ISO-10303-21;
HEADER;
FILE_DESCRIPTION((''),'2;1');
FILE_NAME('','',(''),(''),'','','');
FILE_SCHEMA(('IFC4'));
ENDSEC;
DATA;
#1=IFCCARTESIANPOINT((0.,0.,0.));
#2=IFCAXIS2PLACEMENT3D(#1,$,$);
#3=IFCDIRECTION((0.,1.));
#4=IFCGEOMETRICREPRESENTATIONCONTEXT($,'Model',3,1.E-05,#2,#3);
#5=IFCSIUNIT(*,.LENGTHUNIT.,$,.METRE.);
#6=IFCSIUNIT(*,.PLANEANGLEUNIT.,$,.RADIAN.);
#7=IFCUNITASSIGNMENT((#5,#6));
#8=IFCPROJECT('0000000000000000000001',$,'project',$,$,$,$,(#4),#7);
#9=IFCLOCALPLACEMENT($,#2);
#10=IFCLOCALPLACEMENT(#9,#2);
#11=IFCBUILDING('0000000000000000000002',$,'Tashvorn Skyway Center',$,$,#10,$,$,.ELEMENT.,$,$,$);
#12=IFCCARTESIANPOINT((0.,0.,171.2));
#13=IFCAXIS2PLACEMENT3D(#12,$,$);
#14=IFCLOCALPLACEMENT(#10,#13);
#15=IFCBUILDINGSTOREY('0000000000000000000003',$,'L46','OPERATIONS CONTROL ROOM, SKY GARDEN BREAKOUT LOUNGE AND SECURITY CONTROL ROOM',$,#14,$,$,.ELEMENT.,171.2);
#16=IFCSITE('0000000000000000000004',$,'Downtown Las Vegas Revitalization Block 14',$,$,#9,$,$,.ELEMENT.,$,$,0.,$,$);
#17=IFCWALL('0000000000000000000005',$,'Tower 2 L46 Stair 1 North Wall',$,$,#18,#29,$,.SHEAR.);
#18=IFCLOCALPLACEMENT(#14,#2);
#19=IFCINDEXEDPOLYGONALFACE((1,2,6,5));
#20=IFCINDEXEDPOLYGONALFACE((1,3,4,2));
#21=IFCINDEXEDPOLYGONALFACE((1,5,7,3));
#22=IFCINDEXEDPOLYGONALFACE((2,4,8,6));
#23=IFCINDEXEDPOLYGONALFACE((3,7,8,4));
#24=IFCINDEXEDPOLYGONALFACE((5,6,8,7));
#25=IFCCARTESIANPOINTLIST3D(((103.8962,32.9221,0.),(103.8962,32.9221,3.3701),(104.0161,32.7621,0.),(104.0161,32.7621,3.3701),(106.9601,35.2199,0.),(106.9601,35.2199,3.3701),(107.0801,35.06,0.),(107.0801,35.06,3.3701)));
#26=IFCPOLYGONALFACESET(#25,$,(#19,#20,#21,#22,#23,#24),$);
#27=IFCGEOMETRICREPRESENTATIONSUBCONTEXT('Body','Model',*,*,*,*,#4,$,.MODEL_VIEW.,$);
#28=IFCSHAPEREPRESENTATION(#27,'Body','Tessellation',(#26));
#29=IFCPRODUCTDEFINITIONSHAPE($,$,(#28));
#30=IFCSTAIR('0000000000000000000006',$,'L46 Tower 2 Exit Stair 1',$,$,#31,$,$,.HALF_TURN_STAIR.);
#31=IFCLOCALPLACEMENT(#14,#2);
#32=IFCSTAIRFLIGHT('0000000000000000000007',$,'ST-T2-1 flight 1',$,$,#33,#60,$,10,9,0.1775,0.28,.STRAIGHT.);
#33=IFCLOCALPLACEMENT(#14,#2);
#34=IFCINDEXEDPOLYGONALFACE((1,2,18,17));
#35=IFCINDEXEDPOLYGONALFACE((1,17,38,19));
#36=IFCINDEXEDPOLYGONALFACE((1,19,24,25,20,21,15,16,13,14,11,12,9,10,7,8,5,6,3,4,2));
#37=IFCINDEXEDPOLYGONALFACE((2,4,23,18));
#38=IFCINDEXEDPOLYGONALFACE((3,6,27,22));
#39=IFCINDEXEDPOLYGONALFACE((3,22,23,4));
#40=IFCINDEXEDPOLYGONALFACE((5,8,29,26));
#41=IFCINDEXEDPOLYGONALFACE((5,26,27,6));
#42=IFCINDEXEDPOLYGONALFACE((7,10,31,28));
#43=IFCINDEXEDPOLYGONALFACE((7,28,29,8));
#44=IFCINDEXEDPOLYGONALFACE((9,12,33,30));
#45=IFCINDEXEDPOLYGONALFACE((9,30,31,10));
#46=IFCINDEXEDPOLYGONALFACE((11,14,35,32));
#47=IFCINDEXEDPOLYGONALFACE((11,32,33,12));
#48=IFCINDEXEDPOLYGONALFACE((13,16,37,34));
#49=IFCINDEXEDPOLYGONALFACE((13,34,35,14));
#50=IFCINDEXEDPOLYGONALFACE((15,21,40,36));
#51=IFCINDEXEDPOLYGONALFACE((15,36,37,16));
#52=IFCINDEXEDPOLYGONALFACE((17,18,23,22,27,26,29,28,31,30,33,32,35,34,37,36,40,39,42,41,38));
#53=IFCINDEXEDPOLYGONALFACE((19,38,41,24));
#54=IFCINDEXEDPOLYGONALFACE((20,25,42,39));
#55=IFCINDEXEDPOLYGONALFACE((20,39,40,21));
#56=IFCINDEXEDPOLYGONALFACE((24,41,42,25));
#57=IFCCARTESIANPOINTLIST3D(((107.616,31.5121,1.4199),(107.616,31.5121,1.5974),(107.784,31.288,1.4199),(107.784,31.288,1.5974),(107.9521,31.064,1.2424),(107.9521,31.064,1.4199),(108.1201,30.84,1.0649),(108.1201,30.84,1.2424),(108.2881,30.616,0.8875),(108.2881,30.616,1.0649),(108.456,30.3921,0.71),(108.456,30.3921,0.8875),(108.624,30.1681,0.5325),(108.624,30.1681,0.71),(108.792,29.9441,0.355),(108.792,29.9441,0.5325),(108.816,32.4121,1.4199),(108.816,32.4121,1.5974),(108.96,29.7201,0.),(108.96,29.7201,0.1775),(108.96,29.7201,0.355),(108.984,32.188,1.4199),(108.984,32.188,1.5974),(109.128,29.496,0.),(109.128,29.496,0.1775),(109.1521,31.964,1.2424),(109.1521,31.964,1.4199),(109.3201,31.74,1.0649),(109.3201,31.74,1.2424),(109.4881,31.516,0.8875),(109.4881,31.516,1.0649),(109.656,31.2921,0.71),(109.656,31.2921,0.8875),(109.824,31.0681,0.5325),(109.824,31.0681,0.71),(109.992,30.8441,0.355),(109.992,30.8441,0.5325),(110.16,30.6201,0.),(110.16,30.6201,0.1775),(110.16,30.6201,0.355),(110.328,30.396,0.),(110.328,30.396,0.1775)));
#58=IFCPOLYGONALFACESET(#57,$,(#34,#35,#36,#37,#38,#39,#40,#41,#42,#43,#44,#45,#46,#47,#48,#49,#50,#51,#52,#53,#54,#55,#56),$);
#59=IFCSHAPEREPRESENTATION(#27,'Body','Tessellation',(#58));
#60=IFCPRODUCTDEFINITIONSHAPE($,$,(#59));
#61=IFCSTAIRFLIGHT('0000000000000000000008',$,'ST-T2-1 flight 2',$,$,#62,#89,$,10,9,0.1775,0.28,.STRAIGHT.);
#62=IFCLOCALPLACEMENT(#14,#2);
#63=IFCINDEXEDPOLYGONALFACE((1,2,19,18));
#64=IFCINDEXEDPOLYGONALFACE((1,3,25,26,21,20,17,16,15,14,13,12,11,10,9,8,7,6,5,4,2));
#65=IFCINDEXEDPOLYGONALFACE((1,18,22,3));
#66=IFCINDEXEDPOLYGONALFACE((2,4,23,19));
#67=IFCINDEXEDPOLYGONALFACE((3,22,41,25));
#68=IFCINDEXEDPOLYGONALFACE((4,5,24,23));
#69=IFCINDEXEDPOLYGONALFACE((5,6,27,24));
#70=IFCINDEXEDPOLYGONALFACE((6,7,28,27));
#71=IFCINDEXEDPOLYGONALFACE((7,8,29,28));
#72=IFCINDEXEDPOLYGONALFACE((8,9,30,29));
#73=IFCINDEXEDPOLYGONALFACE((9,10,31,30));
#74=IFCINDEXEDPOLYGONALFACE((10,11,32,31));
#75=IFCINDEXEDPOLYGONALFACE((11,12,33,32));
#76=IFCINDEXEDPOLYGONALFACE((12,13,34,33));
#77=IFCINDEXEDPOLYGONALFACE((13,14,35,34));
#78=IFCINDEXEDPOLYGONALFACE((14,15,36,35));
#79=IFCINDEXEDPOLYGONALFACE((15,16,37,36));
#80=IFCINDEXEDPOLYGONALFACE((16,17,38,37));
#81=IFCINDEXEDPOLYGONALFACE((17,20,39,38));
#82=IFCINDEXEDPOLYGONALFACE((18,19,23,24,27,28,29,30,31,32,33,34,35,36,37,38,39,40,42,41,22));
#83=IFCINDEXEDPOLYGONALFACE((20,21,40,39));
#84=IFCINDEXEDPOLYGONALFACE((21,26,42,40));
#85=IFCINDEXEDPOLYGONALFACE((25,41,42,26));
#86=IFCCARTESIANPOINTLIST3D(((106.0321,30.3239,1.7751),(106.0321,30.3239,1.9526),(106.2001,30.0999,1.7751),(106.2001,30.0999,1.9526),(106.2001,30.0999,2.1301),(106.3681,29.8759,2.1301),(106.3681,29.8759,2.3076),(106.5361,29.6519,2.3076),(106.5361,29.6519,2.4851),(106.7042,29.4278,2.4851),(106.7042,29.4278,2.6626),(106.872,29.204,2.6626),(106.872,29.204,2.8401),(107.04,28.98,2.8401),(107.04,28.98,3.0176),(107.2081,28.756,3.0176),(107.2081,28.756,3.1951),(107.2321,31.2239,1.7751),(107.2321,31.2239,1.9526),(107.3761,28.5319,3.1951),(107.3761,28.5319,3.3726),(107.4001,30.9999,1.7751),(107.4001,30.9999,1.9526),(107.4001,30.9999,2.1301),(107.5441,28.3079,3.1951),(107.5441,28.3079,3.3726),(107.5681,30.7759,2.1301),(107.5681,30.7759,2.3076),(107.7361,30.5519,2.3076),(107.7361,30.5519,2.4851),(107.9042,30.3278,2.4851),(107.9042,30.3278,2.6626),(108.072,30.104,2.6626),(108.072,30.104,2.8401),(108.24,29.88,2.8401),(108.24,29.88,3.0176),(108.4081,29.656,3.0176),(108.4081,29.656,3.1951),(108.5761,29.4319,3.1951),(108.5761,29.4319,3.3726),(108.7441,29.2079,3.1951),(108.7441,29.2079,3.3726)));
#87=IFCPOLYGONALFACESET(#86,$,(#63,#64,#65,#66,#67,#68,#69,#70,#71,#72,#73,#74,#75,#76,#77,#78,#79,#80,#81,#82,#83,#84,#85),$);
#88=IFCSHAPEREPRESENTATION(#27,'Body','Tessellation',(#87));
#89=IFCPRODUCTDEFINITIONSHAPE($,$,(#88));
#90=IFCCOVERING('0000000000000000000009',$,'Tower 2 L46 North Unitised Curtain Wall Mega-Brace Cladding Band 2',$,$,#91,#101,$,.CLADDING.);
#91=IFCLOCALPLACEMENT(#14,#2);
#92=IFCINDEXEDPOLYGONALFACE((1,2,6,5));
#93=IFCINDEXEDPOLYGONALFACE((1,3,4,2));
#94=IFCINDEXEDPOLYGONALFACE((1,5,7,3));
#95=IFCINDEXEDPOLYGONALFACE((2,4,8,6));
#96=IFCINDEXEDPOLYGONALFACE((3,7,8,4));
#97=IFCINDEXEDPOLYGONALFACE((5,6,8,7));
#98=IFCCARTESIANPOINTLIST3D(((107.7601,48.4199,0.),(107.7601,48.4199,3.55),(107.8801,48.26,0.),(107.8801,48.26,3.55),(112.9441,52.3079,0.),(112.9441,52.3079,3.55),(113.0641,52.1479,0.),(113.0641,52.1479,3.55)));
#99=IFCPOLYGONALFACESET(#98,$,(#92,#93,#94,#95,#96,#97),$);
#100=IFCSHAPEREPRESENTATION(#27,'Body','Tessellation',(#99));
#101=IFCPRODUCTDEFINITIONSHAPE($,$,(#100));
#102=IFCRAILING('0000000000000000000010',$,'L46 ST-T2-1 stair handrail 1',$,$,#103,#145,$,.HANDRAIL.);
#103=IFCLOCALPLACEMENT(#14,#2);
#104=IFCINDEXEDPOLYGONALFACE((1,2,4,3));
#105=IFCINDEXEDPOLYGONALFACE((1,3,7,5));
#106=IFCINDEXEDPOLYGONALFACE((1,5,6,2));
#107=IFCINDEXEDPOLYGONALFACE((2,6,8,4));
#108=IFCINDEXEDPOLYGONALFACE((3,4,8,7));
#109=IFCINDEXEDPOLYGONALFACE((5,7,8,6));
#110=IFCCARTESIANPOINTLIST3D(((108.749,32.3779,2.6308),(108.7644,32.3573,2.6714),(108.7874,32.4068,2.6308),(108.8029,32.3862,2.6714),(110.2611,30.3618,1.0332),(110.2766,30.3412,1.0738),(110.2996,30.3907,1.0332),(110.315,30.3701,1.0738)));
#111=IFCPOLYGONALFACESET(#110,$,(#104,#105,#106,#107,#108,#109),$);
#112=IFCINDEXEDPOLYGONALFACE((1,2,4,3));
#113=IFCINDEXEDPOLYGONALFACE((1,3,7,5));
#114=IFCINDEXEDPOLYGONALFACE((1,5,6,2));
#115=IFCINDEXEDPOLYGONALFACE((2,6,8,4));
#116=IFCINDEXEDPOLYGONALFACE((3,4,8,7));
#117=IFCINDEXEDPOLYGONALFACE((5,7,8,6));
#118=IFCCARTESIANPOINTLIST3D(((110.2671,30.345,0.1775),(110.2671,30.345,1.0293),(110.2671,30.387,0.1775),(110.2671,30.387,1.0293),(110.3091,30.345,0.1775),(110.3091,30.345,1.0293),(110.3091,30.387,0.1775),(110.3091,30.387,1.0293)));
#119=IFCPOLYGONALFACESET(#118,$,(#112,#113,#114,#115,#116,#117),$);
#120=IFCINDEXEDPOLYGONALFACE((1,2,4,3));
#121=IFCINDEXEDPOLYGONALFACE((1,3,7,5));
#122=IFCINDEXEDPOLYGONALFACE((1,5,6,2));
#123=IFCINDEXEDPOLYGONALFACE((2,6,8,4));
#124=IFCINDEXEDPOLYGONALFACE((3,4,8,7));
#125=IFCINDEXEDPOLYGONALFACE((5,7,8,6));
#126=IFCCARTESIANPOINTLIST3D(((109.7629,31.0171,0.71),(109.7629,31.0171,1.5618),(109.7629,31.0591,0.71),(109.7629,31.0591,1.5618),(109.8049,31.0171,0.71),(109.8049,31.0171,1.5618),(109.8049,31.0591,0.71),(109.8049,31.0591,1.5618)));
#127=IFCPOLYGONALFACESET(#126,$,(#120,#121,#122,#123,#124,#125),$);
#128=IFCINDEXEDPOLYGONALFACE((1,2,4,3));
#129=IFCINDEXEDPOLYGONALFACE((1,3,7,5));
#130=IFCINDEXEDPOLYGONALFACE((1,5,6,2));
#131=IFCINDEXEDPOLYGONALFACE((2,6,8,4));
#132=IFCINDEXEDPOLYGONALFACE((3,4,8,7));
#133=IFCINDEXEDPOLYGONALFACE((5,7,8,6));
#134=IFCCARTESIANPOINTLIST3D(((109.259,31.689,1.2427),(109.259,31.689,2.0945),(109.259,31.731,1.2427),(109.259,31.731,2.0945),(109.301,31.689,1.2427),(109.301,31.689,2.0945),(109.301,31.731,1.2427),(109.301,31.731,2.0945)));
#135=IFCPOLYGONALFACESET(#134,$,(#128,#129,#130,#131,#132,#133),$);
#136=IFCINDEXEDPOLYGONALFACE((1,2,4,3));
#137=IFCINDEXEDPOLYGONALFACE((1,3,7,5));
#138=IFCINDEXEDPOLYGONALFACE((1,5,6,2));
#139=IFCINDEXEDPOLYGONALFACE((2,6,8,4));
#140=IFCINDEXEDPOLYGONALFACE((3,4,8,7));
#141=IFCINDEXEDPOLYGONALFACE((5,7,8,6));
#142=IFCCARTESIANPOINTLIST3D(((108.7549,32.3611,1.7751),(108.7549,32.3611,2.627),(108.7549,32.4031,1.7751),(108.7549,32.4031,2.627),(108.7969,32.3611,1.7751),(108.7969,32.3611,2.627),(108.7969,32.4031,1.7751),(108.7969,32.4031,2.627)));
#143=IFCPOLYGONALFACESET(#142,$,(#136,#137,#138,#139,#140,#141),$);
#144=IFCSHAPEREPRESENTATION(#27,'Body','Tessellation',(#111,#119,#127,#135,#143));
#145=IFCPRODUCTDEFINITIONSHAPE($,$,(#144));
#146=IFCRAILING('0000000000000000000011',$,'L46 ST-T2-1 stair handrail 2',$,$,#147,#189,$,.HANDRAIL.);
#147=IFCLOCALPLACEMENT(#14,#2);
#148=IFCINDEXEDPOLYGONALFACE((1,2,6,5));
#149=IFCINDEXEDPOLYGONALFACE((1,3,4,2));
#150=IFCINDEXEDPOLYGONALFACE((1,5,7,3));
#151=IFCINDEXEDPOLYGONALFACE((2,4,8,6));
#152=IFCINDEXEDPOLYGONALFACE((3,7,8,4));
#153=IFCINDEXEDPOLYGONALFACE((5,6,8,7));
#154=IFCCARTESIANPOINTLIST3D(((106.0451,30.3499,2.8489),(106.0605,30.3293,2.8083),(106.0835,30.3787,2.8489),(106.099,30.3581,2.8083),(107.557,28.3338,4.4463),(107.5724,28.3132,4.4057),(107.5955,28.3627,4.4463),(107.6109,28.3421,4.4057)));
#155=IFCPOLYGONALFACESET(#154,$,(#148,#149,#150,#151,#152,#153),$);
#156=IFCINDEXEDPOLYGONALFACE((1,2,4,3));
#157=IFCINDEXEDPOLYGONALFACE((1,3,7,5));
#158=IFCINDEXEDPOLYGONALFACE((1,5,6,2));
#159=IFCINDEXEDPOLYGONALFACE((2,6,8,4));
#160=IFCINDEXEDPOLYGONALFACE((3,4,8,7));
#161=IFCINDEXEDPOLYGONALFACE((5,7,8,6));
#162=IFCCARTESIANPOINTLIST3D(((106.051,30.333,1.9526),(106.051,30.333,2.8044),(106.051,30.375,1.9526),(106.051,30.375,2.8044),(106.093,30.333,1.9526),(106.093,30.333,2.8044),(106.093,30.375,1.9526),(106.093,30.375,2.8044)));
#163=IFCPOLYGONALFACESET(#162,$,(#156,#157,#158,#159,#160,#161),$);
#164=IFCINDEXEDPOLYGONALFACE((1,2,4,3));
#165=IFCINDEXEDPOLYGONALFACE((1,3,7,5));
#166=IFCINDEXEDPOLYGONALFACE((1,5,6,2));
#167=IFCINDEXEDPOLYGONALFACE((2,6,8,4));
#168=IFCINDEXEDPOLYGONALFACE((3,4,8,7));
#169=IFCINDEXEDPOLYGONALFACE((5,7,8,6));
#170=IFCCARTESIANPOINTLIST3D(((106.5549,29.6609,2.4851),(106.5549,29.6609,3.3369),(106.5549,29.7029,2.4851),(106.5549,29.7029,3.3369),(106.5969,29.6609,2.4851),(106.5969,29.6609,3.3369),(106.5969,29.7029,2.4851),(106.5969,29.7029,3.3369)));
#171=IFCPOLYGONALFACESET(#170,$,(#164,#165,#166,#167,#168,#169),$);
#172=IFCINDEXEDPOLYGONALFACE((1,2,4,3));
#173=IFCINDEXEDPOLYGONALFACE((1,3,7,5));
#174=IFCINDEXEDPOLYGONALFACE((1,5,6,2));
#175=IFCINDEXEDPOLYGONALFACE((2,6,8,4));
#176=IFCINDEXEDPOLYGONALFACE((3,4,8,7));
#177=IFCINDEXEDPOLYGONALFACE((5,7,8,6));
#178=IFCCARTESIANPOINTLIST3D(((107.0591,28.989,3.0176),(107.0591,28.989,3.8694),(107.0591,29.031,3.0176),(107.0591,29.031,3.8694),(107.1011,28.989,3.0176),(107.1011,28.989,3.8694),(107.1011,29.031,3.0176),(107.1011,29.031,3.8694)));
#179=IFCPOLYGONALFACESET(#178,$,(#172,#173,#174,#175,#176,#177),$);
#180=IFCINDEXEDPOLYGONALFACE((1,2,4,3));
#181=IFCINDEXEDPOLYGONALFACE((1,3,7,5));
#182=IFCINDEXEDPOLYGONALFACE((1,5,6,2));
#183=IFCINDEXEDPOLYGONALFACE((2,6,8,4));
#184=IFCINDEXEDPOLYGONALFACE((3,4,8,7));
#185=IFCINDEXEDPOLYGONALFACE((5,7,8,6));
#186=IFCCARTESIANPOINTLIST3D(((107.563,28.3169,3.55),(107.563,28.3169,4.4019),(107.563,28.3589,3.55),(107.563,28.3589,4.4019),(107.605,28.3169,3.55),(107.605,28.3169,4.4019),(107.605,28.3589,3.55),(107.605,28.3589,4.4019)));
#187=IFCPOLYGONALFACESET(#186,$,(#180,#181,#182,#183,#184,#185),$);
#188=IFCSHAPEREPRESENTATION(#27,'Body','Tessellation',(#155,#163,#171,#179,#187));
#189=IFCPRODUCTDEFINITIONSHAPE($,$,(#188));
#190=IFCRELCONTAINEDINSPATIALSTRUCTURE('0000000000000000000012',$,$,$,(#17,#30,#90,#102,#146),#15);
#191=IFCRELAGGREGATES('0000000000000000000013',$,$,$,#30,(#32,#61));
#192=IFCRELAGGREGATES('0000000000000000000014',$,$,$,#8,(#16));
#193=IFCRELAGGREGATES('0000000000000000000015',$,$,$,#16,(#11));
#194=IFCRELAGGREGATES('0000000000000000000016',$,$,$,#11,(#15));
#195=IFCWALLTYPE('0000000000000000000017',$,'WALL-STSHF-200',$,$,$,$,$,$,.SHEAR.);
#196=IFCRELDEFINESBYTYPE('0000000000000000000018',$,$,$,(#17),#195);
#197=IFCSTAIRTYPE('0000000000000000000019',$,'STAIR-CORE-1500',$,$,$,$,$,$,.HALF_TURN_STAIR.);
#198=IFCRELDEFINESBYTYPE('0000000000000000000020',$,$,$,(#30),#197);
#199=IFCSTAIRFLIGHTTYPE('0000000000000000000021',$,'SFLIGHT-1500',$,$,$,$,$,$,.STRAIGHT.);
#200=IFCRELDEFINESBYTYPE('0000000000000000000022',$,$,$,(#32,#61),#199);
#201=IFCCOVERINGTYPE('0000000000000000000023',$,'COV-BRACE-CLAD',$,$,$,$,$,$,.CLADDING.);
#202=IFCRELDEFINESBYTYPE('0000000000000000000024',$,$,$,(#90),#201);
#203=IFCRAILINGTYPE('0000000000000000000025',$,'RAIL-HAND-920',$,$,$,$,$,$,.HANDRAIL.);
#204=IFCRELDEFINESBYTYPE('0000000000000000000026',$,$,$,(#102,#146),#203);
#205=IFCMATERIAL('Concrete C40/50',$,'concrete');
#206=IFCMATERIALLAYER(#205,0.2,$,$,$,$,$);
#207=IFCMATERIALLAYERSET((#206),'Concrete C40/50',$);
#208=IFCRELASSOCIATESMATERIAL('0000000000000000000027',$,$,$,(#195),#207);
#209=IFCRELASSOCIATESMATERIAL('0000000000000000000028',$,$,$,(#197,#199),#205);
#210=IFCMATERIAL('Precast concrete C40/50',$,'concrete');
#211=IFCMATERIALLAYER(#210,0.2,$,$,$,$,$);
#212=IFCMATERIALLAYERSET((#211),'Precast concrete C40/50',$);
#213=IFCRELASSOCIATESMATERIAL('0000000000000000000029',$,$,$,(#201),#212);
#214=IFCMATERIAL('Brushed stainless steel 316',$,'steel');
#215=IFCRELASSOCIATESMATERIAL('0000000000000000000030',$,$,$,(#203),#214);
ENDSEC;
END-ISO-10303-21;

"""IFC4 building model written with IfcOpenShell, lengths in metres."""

from ifc_helpers import new_model, si_unit, direction, frame, frame_2d, origin, origin_2d, place, context, subcontext, project, spatial, polyline, rectangle, outline, extrude, material, layer, layer_set, type_object, element, aggregate, save


model = new_model("IFC4")

# Units and contexts
model_context = context("Model", 3, precision=1e-05, world=origin(), true_north=direction((0.0, 1.0)))
body_context = subcontext(model_context, "Body", "Model", "MODEL_VIEW")
ifc_project = project(units=[si_unit("LENGTHUNIT", "METRE"), si_unit("PLANEANGLEUNIT", "RADIAN")], contexts=[model_context])

# Site, building, storey
site_placement = place(None, origin())
site = spatial("IfcSite", under=ifc_project, at=site_placement, Name="Downtown Las Vegas Revitalization Block 14", CompositionType="ELEMENT", RefElevation=0.0)
building_placement = place(site_placement, origin())
building = spatial("IfcBuilding", under=site, at=building_placement, Name="Tashvorn Skyway Center", CompositionType="ELEMENT")
storey_placement = place(building_placement, frame((0.0, 0.0, 171.2)))
storey = spatial("IfcBuildingStorey", under=building, at=storey_placement, Name="L46", Description="OPERATIONS CONTROL ROOM, SKY GARDEN BREAKOUT LOUNGE AND SECURITY CONTROL ROOM", CompositionType="ELEMENT", Elevation=171.2)

# Shared definitions
ifc_material_1 = material(Name="Concrete C40/50", Category="concrete")

# Shared definitions
ifc_layer_1 = layer(ifc_material_1, 0.2)
ifc_layer_set_1 = layer_set([ifc_layer_1], Name="Concrete C40/50")
wall_type_1 = type_object("IfcWallType", Name="WALL-STSHF-200", PredefinedType="SHEAR", material=ifc_layer_set_1)

# Wall
wall_1_placement = place(storey_placement, frame((103.9561, 32.842, 0.0), z_axis=(0.0, 0.0, 1.0), x_axis=(0.800015, 0.59998, 0.0)))
element("IfcWall", 1, at=wall_1_placement, inside=storey, type_object=wall_type_1, Name="Tower 2 L46 Stair 1 North Wall", PredefinedType="SHEAR", context=body_context, shape_type="SweptSolid", body=[
    extrude(rectangle(XDim=3.8298, YDim=0.2, at=frame_2d((1.915, 0.0))), origin(), (0.0, 0.0, 1.0), 3.3701),
])

# Stair, stair flights
stair_type = type_object("IfcStairType", Name="STAIR-CORE-1500", PredefinedType="HALF_TURN_STAIR", material=ifc_material_1)
stair_placement = place(storey_placement, origin())
stair = element("IfcStair", 2, at=stair_placement, inside=storey, type_object=stair_type, Name="L46 Tower 2 Exit Stair 1", PredefinedType="HALF_TURN_STAIR")
stair_flight_type = type_object("IfcStairFlightType", Name="SFLIGHT-1500", PredefinedType="STRAIGHT", material=ifc_material_1)
stair_flight_1_placement = place(storey_placement, frame((109.728, 29.946, 0.0), z_axis=(0.0, 0.0, 1.0), x_axis=(-0.6, 0.8, 0.0)))
stair_flight_1 = element("IfcStairFlight", 3, at=stair_flight_1_placement, type_object=stair_flight_type, Name="ST-T2-1 flight 1", NumberOfRisers=10, NumberOfTreads=9, PredefinedType="STRAIGHT", RiserHeight=0.1775, TreadLength=0.28, context=body_context, shape_type="SweptSolid", body=[
    extrude(outline(polyline([(0.0, 0.0), (0.0, 0.1775), (0.28, 0.1775), (0.28, 0.355), (0.5601, 0.355), (0.5601, 0.5325), (0.8401, 0.5325), (0.8401, 0.71), (1.1201, 0.71), (1.1201, 0.8875), (1.3999, 0.8875), (1.3999, 1.0649), (1.6799, 1.0649), (1.6799, 1.2424), (1.96, 1.2424), (1.96, 1.4199), (2.24, 1.4199), (2.24, 1.5974), (2.52, 1.5974), (2.52, 1.7749), (2.52, 1.4199), (0.28, 0.0), (0.0, 0.0)])), frame((0.0, 0.75, 0.0), z_axis=(0.0, -1.0, 0.0), x_axis=(1.0, 0.0, 0.0)), (0.0, 0.0, 1.0), 1.5),
])
stair_flight_2_placement = place(storey_placement, frame((106.6321, 30.7739, 1.7751), z_axis=(0.0, 0.0, 1.0), x_axis=(0.6, -0.8, 0.0)))
stair_flight_2 = element("IfcStairFlight", 4, at=stair_flight_2_placement, type_object=stair_flight_type, Name="ST-T2-1 flight 2", NumberOfRisers=10, NumberOfTreads=9, PredefinedType="STRAIGHT", RiserHeight=0.1775, TreadLength=0.28, context=body_context, shape_type="SweptSolid", body=[
    extrude(outline(polyline([(0.0, 0.0), (0.0, 0.1775), (0.28, 0.1775), (0.28, 0.355), (0.5601, 0.355), (0.5601, 0.5325), (0.8401, 0.5325), (0.8401, 0.71), (1.1201, 0.71), (1.1201, 0.8875), (1.3999, 0.8875), (1.3999, 1.0649), (1.6799, 1.0649), (1.6799, 1.2424), (1.96, 1.2424), (1.96, 1.4199), (2.24, 1.4199), (2.24, 1.5974), (2.52, 1.5974), (2.52, 1.7749), (2.52, 1.4199), (0.28, 0.0), (0.0, 0.0)])), frame((0.0, 0.75, 0.0), z_axis=(0.0, -1.0, 0.0), x_axis=(1.0, 0.0, 0.0)), (0.0, 0.0, 1.0), 1.5),
])
aggregate(stair, [stair_flight_1, stair_flight_2])

# Covering
ifc_material_2 = material(Name="Precast concrete C40/50", Category="concrete")
ifc_layer_2 = layer(ifc_material_2, 0.2)
ifc_layer_set_2 = layer_set([ifc_layer_2], Name="Precast concrete C40/50")
covering_type = type_object("IfcCoveringType", Name="COV-BRACE-CLAD", PredefinedType="CLADDING", material=ifc_layer_set_2)
covering_placement = place(storey_placement, frame((110.4121, 50.2839, 0.0), z_axis=(0.0, 0.0, 1.0), x_axis=(0.8, 0.6, 0.0)))
element("IfcCovering", 5, at=covering_placement, inside=storey, type_object=covering_type, Name="Tower 2 L46 North Unitised Curtain Wall Mega-Brace Cladding Band 2", PredefinedType="CLADDING", context=body_context, shape_type="SweptSolid", body=[
    extrude(rectangle(XDim=6.48, YDim=0.2, at=origin_2d()), origin(), (0.0, 0.0, 1.0), 3.55),
])

# Railings
ifc_material_3 = material(Name="Brushed stainless steel 316", Category="steel")
railing_type_1 = type_object("IfcRailingType", Name="RAIL-HAND-920", PredefinedType="HANDRAIL", material=ifc_material_3)
railing_1_placement = place(storey_placement, frame((110.2881, 30.366, 0.1775)))
element("IfcRailing", 6, at=railing_1_placement, inside=storey, type_object=railing_type_1, Name="L46 ST-T2-1 stair handrail 1", PredefinedType="HANDRAIL", context=body_context, shape_type="SweptSolid", body=[
    extrude(rectangle(XDim=0.0481, YDim=0.0481, at=origin_2d()), frame((0.0, 0.0, 0.876), z_axis=(-0.506779, 0.675651, 0.535416), x_axis=(-0.799977, -0.600031, 0.0)), (0.0, 0.0, 1.0), 2.9839),
    extrude(rectangle(XDim=0.042, YDim=0.042, at=origin_2d()), origin(), (0.0, 0.0, 1.0), 0.8518),
    extrude(rectangle(XDim=0.042, YDim=0.042, at=origin_2d()), frame((-0.5042, 0.6721, 0.5325)), (0.0, 0.0, 1.0), 0.8518),
    extrude(rectangle(XDim=0.042, YDim=0.042, at=origin_2d()), frame((-1.0081, 1.344, 1.0652)), (0.0, 0.0, 1.0), 0.8518),
    extrude(rectangle(XDim=0.042, YDim=0.042, at=origin_2d()), frame((-1.5122, 2.0161, 1.5977)), (0.0, 0.0, 1.0), 0.8518),
])
railing_2_placement = place(storey_placement, frame((106.072, 30.354, 1.9526)))
element("IfcRailing", 7, at=railing_2_placement, inside=storey, type_object=railing_type_1, Name="L46 ST-T2-1 stair handrail 2", PredefinedType="HANDRAIL", context=body_context, shape_type="SweptSolid", body=[
    extrude(rectangle(XDim=0.0481, YDim=0.0481, at=origin_2d()), frame((0.0, 0.0, 0.876), z_axis=(0.506741, -0.675709, 0.535379), x_axis=(0.800023, 0.599969, 0.0)), (0.0, 0.0, 1.0), 2.9836),
    extrude(rectangle(XDim=0.042, YDim=0.042, at=origin_2d()), origin(), (0.0, 0.0, 1.0), 0.8518),
    extrude(rectangle(XDim=0.042, YDim=0.042, at=origin_2d()), frame((0.5039, -0.6721, 0.5325)), (0.0, 0.0, 1.0), 0.8518),
    extrude(rectangle(XDim=0.042, YDim=0.042, at=origin_2d()), frame((1.0081, -1.344, 1.0649)), (0.0, 0.0, 1.0), 0.8518),
    extrude(rectangle(XDim=0.042, YDim=0.042, at=origin_2d()), frame((1.512, -2.0161, 1.5974)), (0.0, 0.0, 1.0), 0.8518),
])

save(model, "model.ifc")
